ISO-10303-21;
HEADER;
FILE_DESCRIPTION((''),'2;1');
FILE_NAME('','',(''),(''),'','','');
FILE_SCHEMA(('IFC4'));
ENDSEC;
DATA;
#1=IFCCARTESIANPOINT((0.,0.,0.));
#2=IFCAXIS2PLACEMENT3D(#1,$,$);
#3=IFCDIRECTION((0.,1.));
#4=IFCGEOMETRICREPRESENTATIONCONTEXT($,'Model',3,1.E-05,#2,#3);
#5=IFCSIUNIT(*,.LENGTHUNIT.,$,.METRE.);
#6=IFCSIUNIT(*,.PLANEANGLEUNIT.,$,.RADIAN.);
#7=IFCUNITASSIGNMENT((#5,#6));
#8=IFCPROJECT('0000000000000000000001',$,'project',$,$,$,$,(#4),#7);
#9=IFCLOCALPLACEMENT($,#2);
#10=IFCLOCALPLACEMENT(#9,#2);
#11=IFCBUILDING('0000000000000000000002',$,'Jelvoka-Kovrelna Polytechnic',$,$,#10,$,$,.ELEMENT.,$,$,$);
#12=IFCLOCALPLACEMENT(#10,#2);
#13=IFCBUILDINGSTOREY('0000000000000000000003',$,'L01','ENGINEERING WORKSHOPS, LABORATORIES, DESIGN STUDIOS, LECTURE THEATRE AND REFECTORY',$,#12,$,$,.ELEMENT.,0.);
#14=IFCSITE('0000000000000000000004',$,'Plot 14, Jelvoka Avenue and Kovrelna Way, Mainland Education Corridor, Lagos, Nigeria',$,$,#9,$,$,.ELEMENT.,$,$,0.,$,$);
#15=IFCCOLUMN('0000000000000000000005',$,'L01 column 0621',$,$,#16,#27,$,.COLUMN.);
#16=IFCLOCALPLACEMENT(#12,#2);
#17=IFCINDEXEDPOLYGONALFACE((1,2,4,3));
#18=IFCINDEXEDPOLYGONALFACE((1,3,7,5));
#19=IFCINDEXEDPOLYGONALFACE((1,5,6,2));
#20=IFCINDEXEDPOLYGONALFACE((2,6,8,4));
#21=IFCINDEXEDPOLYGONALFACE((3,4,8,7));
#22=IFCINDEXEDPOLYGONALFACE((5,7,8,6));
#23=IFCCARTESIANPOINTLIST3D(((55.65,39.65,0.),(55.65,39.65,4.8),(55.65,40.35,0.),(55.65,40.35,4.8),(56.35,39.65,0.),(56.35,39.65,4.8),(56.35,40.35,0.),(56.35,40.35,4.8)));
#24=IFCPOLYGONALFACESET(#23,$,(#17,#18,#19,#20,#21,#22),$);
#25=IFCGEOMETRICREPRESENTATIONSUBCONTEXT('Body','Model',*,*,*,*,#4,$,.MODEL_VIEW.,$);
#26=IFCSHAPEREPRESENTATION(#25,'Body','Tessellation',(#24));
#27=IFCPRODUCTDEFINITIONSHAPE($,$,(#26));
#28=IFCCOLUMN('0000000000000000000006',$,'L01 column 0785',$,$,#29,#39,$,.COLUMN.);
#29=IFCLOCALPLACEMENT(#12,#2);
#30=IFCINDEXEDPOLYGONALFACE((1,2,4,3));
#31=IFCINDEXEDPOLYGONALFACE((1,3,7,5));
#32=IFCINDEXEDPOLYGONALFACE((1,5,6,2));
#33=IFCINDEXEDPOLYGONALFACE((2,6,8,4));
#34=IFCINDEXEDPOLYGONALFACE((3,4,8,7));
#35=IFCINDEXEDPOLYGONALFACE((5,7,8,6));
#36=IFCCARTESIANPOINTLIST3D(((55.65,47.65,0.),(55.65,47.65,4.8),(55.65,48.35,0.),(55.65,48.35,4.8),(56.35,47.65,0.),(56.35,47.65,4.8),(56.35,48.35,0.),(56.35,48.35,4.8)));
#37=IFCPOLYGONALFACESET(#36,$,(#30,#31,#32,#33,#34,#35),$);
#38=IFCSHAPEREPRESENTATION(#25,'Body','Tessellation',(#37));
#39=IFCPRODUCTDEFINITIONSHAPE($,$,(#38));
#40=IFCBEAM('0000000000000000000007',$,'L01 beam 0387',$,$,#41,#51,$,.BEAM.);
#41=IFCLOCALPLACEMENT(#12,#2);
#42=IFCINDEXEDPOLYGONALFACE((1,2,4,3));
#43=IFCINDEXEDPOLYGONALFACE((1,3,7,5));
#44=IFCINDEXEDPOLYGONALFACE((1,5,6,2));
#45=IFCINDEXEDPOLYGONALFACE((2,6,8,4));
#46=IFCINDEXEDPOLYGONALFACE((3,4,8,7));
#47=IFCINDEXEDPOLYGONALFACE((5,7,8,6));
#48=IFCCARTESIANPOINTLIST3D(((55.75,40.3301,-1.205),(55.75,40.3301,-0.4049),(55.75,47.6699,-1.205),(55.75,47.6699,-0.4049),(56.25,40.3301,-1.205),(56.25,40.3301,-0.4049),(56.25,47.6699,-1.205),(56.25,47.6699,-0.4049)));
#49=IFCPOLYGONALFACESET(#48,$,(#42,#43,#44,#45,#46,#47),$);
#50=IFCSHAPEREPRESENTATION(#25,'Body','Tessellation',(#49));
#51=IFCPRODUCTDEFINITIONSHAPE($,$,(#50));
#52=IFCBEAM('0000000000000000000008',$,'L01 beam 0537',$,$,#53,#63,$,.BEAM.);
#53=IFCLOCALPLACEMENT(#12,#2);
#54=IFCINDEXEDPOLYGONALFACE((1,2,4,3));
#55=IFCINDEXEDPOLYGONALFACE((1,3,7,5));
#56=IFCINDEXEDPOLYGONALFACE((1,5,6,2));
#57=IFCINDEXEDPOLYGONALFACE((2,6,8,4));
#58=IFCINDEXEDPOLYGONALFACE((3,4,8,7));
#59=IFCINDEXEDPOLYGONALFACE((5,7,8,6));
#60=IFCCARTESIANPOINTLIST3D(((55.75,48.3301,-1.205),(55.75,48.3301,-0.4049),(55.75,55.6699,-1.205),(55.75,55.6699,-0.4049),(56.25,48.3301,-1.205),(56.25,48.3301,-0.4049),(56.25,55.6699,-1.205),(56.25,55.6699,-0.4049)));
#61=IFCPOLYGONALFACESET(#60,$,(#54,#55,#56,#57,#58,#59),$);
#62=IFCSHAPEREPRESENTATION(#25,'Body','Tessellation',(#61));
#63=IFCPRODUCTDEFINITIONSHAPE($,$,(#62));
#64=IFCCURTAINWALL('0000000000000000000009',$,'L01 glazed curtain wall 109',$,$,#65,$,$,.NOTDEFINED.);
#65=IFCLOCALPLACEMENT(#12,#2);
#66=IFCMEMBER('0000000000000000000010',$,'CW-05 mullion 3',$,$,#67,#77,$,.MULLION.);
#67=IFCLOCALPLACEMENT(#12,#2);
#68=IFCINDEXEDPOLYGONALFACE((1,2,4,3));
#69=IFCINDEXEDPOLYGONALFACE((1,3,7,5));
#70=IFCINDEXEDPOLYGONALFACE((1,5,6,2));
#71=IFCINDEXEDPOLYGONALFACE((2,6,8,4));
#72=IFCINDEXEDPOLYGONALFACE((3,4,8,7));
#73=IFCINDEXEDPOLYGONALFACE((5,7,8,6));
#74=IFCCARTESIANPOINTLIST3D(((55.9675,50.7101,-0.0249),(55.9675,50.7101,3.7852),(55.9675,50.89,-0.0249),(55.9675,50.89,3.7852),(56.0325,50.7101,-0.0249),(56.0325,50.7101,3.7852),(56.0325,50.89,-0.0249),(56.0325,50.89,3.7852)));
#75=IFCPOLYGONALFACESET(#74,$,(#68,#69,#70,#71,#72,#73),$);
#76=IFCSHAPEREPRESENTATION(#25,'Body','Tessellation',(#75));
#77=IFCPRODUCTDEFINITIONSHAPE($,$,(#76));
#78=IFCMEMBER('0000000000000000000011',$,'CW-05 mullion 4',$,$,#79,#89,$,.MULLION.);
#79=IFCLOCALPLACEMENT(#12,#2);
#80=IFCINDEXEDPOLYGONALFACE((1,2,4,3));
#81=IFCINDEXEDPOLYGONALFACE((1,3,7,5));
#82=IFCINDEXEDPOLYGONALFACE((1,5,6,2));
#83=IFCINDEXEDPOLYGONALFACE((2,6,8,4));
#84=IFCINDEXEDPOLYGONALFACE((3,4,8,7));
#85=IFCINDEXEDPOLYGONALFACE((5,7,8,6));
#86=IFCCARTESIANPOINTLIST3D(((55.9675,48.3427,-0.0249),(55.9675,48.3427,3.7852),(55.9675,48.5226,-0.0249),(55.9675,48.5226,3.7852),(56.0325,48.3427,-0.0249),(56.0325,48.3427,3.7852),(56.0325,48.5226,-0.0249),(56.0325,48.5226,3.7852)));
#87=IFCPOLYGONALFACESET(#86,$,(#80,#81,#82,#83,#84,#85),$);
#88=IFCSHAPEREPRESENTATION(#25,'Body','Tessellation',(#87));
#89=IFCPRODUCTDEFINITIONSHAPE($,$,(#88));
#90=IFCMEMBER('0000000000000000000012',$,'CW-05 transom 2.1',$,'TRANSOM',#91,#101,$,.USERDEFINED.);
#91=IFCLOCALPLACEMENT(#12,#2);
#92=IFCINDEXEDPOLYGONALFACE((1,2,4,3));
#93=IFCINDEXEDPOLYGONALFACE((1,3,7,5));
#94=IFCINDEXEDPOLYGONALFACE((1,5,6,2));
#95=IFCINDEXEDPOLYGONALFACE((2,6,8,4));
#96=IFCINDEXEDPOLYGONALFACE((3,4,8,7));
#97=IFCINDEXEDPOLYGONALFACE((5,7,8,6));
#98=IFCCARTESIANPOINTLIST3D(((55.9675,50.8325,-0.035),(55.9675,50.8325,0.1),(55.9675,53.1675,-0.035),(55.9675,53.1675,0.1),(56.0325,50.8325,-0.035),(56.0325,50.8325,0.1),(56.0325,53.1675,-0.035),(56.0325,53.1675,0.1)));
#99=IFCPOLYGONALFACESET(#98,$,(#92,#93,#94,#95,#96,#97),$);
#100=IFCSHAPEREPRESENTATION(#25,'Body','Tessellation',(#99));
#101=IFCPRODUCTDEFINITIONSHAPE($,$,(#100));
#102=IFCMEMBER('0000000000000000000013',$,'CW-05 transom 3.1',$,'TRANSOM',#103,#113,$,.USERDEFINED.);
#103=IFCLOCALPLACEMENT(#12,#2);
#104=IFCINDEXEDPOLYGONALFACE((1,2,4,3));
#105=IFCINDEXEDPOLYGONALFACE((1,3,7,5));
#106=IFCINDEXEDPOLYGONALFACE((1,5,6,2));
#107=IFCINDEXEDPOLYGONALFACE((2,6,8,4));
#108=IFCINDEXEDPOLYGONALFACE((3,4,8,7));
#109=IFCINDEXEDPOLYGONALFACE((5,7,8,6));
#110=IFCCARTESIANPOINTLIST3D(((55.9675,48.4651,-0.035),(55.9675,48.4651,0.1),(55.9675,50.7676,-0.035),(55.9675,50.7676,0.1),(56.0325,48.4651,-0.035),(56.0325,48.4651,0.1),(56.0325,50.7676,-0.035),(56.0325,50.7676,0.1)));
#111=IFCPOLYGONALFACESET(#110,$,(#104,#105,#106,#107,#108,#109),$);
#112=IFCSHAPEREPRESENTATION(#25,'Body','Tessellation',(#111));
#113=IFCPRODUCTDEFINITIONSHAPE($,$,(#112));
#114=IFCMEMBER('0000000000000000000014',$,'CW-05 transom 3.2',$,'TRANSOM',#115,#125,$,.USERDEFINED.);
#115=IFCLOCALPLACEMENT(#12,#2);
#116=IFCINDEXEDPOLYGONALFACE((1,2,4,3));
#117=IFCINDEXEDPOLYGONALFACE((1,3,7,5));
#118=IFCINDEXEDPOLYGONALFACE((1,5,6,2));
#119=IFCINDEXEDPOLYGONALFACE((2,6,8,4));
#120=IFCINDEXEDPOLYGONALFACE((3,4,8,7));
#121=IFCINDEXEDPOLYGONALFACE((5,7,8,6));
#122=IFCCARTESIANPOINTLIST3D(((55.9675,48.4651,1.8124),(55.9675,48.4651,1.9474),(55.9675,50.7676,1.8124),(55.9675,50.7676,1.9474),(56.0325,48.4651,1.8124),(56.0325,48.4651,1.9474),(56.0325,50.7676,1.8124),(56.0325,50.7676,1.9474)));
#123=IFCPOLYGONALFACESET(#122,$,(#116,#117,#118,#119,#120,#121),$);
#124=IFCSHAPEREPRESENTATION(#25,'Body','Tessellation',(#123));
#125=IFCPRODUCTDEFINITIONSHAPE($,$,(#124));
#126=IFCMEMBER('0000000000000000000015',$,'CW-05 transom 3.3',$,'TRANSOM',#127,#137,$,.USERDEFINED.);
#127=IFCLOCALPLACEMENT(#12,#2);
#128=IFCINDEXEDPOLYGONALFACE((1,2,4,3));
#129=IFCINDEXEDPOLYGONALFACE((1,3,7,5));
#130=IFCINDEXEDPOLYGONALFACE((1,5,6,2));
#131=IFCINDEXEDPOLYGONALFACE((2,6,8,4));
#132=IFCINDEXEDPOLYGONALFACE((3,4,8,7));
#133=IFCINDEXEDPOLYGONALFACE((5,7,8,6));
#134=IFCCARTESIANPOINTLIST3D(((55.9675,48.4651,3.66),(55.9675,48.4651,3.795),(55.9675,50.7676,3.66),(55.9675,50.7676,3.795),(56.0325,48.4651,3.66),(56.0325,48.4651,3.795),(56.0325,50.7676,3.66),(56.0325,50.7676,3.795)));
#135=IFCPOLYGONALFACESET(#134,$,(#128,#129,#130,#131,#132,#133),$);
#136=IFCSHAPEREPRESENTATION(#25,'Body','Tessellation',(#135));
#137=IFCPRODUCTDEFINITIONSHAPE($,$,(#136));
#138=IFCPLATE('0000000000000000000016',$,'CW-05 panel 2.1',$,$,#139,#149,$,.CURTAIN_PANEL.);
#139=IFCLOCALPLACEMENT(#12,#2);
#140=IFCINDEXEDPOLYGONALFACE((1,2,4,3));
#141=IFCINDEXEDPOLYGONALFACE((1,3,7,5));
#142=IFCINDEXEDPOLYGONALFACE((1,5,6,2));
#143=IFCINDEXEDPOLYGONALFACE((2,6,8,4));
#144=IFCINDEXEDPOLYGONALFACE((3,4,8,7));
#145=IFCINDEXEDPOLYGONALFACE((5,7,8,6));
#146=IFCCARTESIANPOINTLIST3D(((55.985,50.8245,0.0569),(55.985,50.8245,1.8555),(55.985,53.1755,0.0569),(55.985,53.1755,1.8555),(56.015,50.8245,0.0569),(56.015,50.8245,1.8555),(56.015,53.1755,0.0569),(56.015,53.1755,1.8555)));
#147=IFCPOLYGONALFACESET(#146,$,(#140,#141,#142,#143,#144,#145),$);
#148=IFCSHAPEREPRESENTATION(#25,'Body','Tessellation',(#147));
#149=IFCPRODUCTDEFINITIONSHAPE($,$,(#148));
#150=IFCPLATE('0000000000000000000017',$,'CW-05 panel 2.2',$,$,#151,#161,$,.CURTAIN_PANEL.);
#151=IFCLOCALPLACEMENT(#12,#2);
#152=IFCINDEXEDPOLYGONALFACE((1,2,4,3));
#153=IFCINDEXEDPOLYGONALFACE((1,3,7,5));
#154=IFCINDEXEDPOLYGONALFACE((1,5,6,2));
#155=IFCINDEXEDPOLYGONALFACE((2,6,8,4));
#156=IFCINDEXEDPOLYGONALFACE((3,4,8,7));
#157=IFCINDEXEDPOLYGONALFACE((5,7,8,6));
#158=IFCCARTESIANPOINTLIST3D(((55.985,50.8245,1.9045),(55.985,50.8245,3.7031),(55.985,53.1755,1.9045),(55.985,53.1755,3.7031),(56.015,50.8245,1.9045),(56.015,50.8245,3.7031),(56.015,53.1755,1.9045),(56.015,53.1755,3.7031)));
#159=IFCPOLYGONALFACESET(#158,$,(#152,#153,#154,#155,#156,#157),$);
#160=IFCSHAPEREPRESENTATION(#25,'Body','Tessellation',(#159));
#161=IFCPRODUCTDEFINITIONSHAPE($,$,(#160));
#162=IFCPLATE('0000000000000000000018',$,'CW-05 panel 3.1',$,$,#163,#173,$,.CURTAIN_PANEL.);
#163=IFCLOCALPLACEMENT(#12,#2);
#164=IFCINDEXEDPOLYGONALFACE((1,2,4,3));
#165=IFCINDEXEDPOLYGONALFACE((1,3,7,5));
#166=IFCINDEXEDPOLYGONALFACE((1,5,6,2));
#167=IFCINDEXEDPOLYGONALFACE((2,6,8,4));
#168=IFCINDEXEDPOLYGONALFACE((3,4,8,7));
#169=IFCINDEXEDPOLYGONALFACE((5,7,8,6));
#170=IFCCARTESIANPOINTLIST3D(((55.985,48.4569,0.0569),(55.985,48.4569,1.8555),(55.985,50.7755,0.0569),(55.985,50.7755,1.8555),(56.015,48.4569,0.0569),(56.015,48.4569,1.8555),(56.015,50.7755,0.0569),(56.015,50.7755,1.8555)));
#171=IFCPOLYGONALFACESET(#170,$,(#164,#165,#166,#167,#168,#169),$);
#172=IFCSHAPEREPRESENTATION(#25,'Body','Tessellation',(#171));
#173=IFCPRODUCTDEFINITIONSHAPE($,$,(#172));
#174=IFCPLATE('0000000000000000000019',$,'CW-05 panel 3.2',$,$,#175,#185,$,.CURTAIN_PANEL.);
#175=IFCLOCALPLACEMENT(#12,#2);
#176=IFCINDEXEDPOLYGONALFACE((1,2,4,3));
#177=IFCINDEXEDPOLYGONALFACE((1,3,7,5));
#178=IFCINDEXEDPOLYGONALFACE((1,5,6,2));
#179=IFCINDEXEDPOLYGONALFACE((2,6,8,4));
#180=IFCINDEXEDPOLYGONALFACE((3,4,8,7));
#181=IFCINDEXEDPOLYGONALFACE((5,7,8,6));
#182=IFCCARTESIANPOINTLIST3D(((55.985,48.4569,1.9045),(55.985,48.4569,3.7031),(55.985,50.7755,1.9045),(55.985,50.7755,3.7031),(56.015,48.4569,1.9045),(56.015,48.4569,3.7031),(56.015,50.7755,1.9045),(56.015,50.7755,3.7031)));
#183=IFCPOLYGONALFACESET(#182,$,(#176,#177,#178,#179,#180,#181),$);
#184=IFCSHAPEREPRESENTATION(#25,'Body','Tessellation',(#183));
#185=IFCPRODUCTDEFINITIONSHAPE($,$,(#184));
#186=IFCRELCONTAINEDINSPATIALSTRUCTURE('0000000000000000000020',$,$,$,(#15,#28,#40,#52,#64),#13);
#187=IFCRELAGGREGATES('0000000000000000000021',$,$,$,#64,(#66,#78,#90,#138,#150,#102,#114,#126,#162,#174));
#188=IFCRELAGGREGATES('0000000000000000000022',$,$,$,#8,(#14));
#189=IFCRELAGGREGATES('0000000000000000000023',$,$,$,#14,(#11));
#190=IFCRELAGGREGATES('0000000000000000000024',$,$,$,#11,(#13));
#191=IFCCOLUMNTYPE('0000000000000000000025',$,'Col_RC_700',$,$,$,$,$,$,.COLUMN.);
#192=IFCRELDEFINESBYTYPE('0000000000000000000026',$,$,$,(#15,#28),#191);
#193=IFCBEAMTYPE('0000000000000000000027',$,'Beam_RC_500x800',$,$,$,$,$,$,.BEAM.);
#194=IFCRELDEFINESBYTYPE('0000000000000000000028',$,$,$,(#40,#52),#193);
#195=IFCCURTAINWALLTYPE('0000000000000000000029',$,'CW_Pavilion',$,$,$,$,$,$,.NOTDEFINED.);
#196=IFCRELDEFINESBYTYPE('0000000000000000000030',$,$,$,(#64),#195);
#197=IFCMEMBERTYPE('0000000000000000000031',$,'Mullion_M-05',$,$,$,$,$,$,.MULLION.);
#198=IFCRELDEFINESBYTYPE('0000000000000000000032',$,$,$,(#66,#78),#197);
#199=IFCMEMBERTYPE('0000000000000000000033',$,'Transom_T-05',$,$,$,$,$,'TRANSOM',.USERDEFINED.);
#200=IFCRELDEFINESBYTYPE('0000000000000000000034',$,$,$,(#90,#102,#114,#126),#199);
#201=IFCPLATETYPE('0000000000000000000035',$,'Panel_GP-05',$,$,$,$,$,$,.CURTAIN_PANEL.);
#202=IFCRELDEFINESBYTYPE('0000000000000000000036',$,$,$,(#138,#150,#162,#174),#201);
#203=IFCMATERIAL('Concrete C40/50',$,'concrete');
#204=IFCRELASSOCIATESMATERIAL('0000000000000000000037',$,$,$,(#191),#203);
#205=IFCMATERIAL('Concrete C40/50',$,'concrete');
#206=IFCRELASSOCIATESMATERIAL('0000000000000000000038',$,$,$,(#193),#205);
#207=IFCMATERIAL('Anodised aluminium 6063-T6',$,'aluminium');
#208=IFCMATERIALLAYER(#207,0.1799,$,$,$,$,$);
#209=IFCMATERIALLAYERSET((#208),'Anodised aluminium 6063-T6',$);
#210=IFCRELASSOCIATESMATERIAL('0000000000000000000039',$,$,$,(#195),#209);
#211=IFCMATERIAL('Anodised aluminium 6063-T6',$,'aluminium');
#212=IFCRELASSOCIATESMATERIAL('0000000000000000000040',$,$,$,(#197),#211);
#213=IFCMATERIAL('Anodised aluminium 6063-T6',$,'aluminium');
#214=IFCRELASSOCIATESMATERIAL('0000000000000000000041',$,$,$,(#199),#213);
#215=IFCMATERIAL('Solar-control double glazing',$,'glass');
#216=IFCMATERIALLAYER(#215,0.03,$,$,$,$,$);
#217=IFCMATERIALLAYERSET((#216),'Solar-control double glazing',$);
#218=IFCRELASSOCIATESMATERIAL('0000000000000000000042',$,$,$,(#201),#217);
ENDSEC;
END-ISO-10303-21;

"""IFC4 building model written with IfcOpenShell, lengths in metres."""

from ifc_helpers import new_model, si_unit, direction, frame, origin, origin_2d, place, context, subcontext, project, spatial, rectangle, extrude, material, layer, layer_set, material_profile, profile_set, type_object, element, aggregate, save


model = new_model("IFC4")

# Units and contexts
model_context = context("Model", 3, precision=1e-05, world=origin(), true_north=direction((0.0, 1.0)))
body_context = subcontext(model_context, "Body", "Model", "MODEL_VIEW")
ifc_project = project(units=[si_unit("LENGTHUNIT", "METRE"), si_unit("PLANEANGLEUNIT", "RADIAN")], contexts=[model_context])

# Site, building, storey
site_placement = place(None, origin())
site = spatial("IfcSite", under=ifc_project, at=site_placement, Name="Plot 14, Jelvoka Avenue and Kovrelna Way, Mainland Education Corridor, Lagos, Nigeria", CompositionType="ELEMENT", RefElevation=0.0)
building_placement = place(site_placement, origin())
building = spatial("IfcBuilding", under=site, at=building_placement, Name="Jelvoka-Kovrelna Polytechnic", CompositionType="ELEMENT")
storey_placement = place(building_placement, origin())
storey = spatial("IfcBuildingStorey", under=building, at=storey_placement, Name="L01", Description="ENGINEERING WORKSHOPS, LABORATORIES, DESIGN STUDIOS, LECTURE THEATRE AND REFECTORY", CompositionType="ELEMENT", Elevation=0.0)

# Columns
ifc_material_1 = material(Name="Concrete C40/50", Category="concrete")
ifc_material_profile_1 = material_profile(ifc_material_1, rectangle(XDim=0.7, YDim=0.7, at=origin_2d()), Name="RC 700x700")
ifc_profile_set_1 = profile_set([ifc_material_profile_1], Name="Concrete C40/50")
column_type = type_object("IfcColumnType", Name="Col_RC_700", PredefinedType="COLUMN", material=ifc_profile_set_1)
for number, where, z_axis, x_axis, name in (
    (1, (56.0, 40.0, 0.0), (0.0, 0.0, 1.0), (1.0, 0.0, 0.0), "L01 column 0621"),
    (2, (56.0, 48.0, 0.0), (0.0, 0.0, 1.0), (1.0, 0.0, 0.0), "L01 column 0785"),
):
    element("IfcColumn", number, at=place(storey_placement, frame(where, z_axis=z_axis, x_axis=x_axis)), inside=storey, type_object=column_type, Name=name, PredefinedType="COLUMN", context=body_context, shape_type="SweptSolid", body=[
        extrude(rectangle(XDim=0.7, YDim=0.7, at=origin_2d()), origin(), (0.0, 0.0, 1.0), 4.8),
    ])

# Beams
ifc_material_2 = material(Name="Concrete C40/50", Category="concrete")
ifc_material_profile_2 = material_profile(ifc_material_2, rectangle(XDim=0.5, YDim=0.8, at=origin_2d()), Name="RC 500x800")
ifc_profile_set_2 = profile_set([ifc_material_profile_2], Name="Concrete C40/50")
beam_type = type_object("IfcBeamType", Name="Beam_RC_500x800", PredefinedType="BEAM", material=ifc_profile_set_2)
for number, where, z_axis, x_axis, name in (
    (3, (56.0, 40.3301, -0.8049), (0.0, 1.0, 0.0), (-1.0, 0.0, 0.0), "L01 beam 0387"),
    (4, (56.0, 48.3301, -0.8049), (0.0, 1.0, 0.0), (-1.0, 0.0, 0.0), "L01 beam 0537"),
):
    element("IfcBeam", number, at=place(storey_placement, frame(where, z_axis=z_axis, x_axis=x_axis)), inside=storey, type_object=beam_type, Name=name, PredefinedType="BEAM", context=body_context, shape_type="SweptSolid", body=[
        extrude(rectangle(XDim=0.5, YDim=0.8, at=origin_2d()), origin(), (0.0, 0.0, 1.0), 7.3398),
    ])

# Curtain wall, members, plates
ifc_material_3 = material(Name="Anodised aluminium 6063-T6", Category="aluminium")
ifc_layer_1 = layer(ifc_material_3, 0.1799)
ifc_layer_set_1 = layer_set([ifc_layer_1], Name="Anodised aluminium 6063-T6")
curtain_wall_type = type_object("IfcCurtainWallType", Name="CW_Pavilion", PredefinedType="NOTDEFINED", material=ifc_layer_set_1)
curtain_wall_placement = place(storey_placement, origin())
curtain_wall = element("IfcCurtainWall", 5, at=curtain_wall_placement, inside=storey, type_object=curtain_wall_type, Name="L01 glazed curtain wall 109", PredefinedType="NOTDEFINED")
ifc_material_4 = material(Name="Anodised aluminium 6063-T6", Category="aluminium")
ifc_material_profile_3 = material_profile(ifc_material_4, rectangle(XDim=0.0649, YDim=0.1799, at=origin_2d()), Name="ALU 65x180")
ifc_profile_set_3 = profile_set([ifc_material_profile_3], Name="Anodised aluminium 6063-T6")
member_type_1 = type_object("IfcMemberType", Name="Mullion_M-05", PredefinedType="MULLION", material=ifc_profile_set_3)
member_1_placement = place(storey_placement, frame((56.0, 50.8, -0.0249), z_axis=(0.0, 0.0, 1.0), x_axis=(1.0, 0.0, 0.0)))
member_1 = element("IfcMember", 6, at=member_1_placement, type_object=member_type_1, Name="CW-05 mullion 3", PredefinedType="MULLION", context=body_context, shape_type="SweptSolid", body=[
    extrude(rectangle(XDim=0.0649, YDim=0.1799, at=origin_2d()), origin(), (0.0, 0.0, 1.0), 3.8101),
])
member_2_placement = place(storey_placement, frame((56.0, 48.4326, -0.0249), z_axis=(0.0, 0.0, 1.0), x_axis=(1.0, 0.0, 0.0)))
member_2 = element("IfcMember", 7, at=member_2_placement, type_object=member_type_1, Name="CW-05 mullion 4", PredefinedType="MULLION", context=body_context, shape_type="SweptSolid", body=[
    extrude(rectangle(XDim=0.0649, YDim=0.1799, at=origin_2d()), origin(), (0.0, 0.0, 1.0), 3.8101),
])
ifc_material_5 = material(Name="Anodised aluminium 6063-T6", Category="aluminium")
ifc_material_profile_4 = material_profile(ifc_material_5, rectangle(XDim=0.0649, YDim=0.135, at=origin_2d()), Name="ALU 65x135")
ifc_profile_set_4 = profile_set([ifc_material_profile_4], Name="Anodised aluminium 6063-T6")
member_type_2 = type_object("IfcMemberType", Name="Transom_T-05", ElementType="TRANSOM", PredefinedType="USERDEFINED", material=ifc_profile_set_4)
member_3_placement = place(storey_placement, frame((56.0, 53.1675, 0.0325), z_axis=(0.0, -1.0, 0.0), x_axis=(1.0, 0.0, 0.0)))
member_3 = element("IfcMember", 8, at=member_3_placement, type_object=member_type_2, Name="CW-05 transom 2.1", ObjectType="TRANSOM", PredefinedType="USERDEFINED", context=body_context, shape_type="SweptSolid", body=[
    extrude(rectangle(XDim=0.0649, YDim=0.135, at=origin_2d()), origin(), (0.0, 0.0, 1.0), 2.335),
])
member_4_placement = place(storey_placement, frame((56.0, 50.7676, 0.0325), z_axis=(0.0, -1.0, 0.0), x_axis=(1.0, 0.0, 0.0)))
member_4 = element("IfcMember", 9, at=member_4_placement, type_object=member_type_2, Name="CW-05 transom 3.1", ObjectType="TRANSOM", PredefinedType="USERDEFINED", context=body_context, shape_type="SweptSolid", body=[
    extrude(rectangle(XDim=0.0649, YDim=0.135, at=origin_2d()), origin(), (0.0, 0.0, 1.0), 2.3025),
])
member_5_placement = place(storey_placement, frame((56.0, 50.7676, 1.8799), z_axis=(0.0, -1.0, 0.0), x_axis=(1.0, 0.0, 0.0)))
member_5 = element("IfcMember", 10, at=member_5_placement, type_object=member_type_2, Name="CW-05 transom 3.2", ObjectType="TRANSOM", PredefinedType="USERDEFINED", context=body_context, shape_type="SweptSolid", body=[
    extrude(rectangle(XDim=0.0649, YDim=0.135, at=origin_2d()), origin(), (0.0, 0.0, 1.0), 2.3025),
])
member_6_placement = place(storey_placement, frame((56.0, 50.7676, 3.7275), z_axis=(0.0, -1.0, 0.0), x_axis=(1.0, 0.0, 0.0)))
member_6 = element("IfcMember", 11, at=member_6_placement, type_object=member_type_2, Name="CW-05 transom 3.3", ObjectType="TRANSOM", PredefinedType="USERDEFINED", context=body_context, shape_type="SweptSolid", body=[
    extrude(rectangle(XDim=0.0649, YDim=0.135, at=origin_2d()), origin(), (0.0, 0.0, 1.0), 2.3025),
])
ifc_material_6 = material(Name="Solar-control double glazing", Category="glass")
ifc_layer_2 = layer(ifc_material_6, 0.03)
ifc_layer_set_2 = layer_set([ifc_layer_2], Name="Solar-control double glazing")
plate_type = type_object("IfcPlateType", Name="Panel_GP-05", PredefinedType="CURTAIN_PANEL", material=ifc_layer_set_2)
plate_1_placement = place(storey_placement, frame((56.0, 52.0, 0.0569), z_axis=(0.0, 0.0, 1.0), x_axis=(0.0, -1.0, 0.0)))
plate_1 = element("IfcPlate", 12, at=plate_1_placement, type_object=plate_type, Name="CW-05 panel 2.1", PredefinedType="CURTAIN_PANEL", context=body_context, shape_type="SweptSolid", body=[
    extrude(rectangle(XDim=2.3511, YDim=0.03, at=origin_2d()), origin(), (0.0, 0.0, 1.0), 1.7986),
])
plate_2_placement = place(storey_placement, frame((56.0, 52.0, 1.9045), z_axis=(0.0, 0.0, 1.0), x_axis=(0.0, -1.0, 0.0)))
plate_2 = element("IfcPlate", 13, at=plate_2_placement, type_object=plate_type, Name="CW-05 panel 2.2", PredefinedType="CURTAIN_PANEL", context=body_context, shape_type="SweptSolid", body=[
    extrude(rectangle(XDim=2.3511, YDim=0.03, at=origin_2d()), origin(), (0.0, 0.0, 1.0), 1.7986),
])
plate_3_placement = place(storey_placement, frame((56.0, 49.6162, 0.0569), z_axis=(0.0, 0.0, 1.0), x_axis=(0.0, -1.0, 0.0)))
plate_3 = element("IfcPlate", 14, at=plate_3_placement, type_object=plate_type, Name="CW-05 panel 3.1", PredefinedType="CURTAIN_PANEL", context=body_context, shape_type="SweptSolid", body=[
    extrude(rectangle(XDim=2.3186, YDim=0.03, at=origin_2d()), origin(), (0.0, 0.0, 1.0), 1.7986),
])
plate_4_placement = place(storey_placement, frame((56.0, 49.6162, 1.9045), z_axis=(0.0, 0.0, 1.0), x_axis=(0.0, -1.0, 0.0)))
plate_4 = element("IfcPlate", 15, at=plate_4_placement, type_object=plate_type, Name="CW-05 panel 3.2", PredefinedType="CURTAIN_PANEL", context=body_context, shape_type="SweptSolid", body=[
    extrude(rectangle(XDim=2.3186, YDim=0.03, at=origin_2d()), origin(), (0.0, 0.0, 1.0), 1.7986),
])
aggregate(curtain_wall, [member_1, member_2, member_3, plate_1, plate_2, member_4, member_5, member_6, plate_3, plate_4])

save(model, "model.ifc")
